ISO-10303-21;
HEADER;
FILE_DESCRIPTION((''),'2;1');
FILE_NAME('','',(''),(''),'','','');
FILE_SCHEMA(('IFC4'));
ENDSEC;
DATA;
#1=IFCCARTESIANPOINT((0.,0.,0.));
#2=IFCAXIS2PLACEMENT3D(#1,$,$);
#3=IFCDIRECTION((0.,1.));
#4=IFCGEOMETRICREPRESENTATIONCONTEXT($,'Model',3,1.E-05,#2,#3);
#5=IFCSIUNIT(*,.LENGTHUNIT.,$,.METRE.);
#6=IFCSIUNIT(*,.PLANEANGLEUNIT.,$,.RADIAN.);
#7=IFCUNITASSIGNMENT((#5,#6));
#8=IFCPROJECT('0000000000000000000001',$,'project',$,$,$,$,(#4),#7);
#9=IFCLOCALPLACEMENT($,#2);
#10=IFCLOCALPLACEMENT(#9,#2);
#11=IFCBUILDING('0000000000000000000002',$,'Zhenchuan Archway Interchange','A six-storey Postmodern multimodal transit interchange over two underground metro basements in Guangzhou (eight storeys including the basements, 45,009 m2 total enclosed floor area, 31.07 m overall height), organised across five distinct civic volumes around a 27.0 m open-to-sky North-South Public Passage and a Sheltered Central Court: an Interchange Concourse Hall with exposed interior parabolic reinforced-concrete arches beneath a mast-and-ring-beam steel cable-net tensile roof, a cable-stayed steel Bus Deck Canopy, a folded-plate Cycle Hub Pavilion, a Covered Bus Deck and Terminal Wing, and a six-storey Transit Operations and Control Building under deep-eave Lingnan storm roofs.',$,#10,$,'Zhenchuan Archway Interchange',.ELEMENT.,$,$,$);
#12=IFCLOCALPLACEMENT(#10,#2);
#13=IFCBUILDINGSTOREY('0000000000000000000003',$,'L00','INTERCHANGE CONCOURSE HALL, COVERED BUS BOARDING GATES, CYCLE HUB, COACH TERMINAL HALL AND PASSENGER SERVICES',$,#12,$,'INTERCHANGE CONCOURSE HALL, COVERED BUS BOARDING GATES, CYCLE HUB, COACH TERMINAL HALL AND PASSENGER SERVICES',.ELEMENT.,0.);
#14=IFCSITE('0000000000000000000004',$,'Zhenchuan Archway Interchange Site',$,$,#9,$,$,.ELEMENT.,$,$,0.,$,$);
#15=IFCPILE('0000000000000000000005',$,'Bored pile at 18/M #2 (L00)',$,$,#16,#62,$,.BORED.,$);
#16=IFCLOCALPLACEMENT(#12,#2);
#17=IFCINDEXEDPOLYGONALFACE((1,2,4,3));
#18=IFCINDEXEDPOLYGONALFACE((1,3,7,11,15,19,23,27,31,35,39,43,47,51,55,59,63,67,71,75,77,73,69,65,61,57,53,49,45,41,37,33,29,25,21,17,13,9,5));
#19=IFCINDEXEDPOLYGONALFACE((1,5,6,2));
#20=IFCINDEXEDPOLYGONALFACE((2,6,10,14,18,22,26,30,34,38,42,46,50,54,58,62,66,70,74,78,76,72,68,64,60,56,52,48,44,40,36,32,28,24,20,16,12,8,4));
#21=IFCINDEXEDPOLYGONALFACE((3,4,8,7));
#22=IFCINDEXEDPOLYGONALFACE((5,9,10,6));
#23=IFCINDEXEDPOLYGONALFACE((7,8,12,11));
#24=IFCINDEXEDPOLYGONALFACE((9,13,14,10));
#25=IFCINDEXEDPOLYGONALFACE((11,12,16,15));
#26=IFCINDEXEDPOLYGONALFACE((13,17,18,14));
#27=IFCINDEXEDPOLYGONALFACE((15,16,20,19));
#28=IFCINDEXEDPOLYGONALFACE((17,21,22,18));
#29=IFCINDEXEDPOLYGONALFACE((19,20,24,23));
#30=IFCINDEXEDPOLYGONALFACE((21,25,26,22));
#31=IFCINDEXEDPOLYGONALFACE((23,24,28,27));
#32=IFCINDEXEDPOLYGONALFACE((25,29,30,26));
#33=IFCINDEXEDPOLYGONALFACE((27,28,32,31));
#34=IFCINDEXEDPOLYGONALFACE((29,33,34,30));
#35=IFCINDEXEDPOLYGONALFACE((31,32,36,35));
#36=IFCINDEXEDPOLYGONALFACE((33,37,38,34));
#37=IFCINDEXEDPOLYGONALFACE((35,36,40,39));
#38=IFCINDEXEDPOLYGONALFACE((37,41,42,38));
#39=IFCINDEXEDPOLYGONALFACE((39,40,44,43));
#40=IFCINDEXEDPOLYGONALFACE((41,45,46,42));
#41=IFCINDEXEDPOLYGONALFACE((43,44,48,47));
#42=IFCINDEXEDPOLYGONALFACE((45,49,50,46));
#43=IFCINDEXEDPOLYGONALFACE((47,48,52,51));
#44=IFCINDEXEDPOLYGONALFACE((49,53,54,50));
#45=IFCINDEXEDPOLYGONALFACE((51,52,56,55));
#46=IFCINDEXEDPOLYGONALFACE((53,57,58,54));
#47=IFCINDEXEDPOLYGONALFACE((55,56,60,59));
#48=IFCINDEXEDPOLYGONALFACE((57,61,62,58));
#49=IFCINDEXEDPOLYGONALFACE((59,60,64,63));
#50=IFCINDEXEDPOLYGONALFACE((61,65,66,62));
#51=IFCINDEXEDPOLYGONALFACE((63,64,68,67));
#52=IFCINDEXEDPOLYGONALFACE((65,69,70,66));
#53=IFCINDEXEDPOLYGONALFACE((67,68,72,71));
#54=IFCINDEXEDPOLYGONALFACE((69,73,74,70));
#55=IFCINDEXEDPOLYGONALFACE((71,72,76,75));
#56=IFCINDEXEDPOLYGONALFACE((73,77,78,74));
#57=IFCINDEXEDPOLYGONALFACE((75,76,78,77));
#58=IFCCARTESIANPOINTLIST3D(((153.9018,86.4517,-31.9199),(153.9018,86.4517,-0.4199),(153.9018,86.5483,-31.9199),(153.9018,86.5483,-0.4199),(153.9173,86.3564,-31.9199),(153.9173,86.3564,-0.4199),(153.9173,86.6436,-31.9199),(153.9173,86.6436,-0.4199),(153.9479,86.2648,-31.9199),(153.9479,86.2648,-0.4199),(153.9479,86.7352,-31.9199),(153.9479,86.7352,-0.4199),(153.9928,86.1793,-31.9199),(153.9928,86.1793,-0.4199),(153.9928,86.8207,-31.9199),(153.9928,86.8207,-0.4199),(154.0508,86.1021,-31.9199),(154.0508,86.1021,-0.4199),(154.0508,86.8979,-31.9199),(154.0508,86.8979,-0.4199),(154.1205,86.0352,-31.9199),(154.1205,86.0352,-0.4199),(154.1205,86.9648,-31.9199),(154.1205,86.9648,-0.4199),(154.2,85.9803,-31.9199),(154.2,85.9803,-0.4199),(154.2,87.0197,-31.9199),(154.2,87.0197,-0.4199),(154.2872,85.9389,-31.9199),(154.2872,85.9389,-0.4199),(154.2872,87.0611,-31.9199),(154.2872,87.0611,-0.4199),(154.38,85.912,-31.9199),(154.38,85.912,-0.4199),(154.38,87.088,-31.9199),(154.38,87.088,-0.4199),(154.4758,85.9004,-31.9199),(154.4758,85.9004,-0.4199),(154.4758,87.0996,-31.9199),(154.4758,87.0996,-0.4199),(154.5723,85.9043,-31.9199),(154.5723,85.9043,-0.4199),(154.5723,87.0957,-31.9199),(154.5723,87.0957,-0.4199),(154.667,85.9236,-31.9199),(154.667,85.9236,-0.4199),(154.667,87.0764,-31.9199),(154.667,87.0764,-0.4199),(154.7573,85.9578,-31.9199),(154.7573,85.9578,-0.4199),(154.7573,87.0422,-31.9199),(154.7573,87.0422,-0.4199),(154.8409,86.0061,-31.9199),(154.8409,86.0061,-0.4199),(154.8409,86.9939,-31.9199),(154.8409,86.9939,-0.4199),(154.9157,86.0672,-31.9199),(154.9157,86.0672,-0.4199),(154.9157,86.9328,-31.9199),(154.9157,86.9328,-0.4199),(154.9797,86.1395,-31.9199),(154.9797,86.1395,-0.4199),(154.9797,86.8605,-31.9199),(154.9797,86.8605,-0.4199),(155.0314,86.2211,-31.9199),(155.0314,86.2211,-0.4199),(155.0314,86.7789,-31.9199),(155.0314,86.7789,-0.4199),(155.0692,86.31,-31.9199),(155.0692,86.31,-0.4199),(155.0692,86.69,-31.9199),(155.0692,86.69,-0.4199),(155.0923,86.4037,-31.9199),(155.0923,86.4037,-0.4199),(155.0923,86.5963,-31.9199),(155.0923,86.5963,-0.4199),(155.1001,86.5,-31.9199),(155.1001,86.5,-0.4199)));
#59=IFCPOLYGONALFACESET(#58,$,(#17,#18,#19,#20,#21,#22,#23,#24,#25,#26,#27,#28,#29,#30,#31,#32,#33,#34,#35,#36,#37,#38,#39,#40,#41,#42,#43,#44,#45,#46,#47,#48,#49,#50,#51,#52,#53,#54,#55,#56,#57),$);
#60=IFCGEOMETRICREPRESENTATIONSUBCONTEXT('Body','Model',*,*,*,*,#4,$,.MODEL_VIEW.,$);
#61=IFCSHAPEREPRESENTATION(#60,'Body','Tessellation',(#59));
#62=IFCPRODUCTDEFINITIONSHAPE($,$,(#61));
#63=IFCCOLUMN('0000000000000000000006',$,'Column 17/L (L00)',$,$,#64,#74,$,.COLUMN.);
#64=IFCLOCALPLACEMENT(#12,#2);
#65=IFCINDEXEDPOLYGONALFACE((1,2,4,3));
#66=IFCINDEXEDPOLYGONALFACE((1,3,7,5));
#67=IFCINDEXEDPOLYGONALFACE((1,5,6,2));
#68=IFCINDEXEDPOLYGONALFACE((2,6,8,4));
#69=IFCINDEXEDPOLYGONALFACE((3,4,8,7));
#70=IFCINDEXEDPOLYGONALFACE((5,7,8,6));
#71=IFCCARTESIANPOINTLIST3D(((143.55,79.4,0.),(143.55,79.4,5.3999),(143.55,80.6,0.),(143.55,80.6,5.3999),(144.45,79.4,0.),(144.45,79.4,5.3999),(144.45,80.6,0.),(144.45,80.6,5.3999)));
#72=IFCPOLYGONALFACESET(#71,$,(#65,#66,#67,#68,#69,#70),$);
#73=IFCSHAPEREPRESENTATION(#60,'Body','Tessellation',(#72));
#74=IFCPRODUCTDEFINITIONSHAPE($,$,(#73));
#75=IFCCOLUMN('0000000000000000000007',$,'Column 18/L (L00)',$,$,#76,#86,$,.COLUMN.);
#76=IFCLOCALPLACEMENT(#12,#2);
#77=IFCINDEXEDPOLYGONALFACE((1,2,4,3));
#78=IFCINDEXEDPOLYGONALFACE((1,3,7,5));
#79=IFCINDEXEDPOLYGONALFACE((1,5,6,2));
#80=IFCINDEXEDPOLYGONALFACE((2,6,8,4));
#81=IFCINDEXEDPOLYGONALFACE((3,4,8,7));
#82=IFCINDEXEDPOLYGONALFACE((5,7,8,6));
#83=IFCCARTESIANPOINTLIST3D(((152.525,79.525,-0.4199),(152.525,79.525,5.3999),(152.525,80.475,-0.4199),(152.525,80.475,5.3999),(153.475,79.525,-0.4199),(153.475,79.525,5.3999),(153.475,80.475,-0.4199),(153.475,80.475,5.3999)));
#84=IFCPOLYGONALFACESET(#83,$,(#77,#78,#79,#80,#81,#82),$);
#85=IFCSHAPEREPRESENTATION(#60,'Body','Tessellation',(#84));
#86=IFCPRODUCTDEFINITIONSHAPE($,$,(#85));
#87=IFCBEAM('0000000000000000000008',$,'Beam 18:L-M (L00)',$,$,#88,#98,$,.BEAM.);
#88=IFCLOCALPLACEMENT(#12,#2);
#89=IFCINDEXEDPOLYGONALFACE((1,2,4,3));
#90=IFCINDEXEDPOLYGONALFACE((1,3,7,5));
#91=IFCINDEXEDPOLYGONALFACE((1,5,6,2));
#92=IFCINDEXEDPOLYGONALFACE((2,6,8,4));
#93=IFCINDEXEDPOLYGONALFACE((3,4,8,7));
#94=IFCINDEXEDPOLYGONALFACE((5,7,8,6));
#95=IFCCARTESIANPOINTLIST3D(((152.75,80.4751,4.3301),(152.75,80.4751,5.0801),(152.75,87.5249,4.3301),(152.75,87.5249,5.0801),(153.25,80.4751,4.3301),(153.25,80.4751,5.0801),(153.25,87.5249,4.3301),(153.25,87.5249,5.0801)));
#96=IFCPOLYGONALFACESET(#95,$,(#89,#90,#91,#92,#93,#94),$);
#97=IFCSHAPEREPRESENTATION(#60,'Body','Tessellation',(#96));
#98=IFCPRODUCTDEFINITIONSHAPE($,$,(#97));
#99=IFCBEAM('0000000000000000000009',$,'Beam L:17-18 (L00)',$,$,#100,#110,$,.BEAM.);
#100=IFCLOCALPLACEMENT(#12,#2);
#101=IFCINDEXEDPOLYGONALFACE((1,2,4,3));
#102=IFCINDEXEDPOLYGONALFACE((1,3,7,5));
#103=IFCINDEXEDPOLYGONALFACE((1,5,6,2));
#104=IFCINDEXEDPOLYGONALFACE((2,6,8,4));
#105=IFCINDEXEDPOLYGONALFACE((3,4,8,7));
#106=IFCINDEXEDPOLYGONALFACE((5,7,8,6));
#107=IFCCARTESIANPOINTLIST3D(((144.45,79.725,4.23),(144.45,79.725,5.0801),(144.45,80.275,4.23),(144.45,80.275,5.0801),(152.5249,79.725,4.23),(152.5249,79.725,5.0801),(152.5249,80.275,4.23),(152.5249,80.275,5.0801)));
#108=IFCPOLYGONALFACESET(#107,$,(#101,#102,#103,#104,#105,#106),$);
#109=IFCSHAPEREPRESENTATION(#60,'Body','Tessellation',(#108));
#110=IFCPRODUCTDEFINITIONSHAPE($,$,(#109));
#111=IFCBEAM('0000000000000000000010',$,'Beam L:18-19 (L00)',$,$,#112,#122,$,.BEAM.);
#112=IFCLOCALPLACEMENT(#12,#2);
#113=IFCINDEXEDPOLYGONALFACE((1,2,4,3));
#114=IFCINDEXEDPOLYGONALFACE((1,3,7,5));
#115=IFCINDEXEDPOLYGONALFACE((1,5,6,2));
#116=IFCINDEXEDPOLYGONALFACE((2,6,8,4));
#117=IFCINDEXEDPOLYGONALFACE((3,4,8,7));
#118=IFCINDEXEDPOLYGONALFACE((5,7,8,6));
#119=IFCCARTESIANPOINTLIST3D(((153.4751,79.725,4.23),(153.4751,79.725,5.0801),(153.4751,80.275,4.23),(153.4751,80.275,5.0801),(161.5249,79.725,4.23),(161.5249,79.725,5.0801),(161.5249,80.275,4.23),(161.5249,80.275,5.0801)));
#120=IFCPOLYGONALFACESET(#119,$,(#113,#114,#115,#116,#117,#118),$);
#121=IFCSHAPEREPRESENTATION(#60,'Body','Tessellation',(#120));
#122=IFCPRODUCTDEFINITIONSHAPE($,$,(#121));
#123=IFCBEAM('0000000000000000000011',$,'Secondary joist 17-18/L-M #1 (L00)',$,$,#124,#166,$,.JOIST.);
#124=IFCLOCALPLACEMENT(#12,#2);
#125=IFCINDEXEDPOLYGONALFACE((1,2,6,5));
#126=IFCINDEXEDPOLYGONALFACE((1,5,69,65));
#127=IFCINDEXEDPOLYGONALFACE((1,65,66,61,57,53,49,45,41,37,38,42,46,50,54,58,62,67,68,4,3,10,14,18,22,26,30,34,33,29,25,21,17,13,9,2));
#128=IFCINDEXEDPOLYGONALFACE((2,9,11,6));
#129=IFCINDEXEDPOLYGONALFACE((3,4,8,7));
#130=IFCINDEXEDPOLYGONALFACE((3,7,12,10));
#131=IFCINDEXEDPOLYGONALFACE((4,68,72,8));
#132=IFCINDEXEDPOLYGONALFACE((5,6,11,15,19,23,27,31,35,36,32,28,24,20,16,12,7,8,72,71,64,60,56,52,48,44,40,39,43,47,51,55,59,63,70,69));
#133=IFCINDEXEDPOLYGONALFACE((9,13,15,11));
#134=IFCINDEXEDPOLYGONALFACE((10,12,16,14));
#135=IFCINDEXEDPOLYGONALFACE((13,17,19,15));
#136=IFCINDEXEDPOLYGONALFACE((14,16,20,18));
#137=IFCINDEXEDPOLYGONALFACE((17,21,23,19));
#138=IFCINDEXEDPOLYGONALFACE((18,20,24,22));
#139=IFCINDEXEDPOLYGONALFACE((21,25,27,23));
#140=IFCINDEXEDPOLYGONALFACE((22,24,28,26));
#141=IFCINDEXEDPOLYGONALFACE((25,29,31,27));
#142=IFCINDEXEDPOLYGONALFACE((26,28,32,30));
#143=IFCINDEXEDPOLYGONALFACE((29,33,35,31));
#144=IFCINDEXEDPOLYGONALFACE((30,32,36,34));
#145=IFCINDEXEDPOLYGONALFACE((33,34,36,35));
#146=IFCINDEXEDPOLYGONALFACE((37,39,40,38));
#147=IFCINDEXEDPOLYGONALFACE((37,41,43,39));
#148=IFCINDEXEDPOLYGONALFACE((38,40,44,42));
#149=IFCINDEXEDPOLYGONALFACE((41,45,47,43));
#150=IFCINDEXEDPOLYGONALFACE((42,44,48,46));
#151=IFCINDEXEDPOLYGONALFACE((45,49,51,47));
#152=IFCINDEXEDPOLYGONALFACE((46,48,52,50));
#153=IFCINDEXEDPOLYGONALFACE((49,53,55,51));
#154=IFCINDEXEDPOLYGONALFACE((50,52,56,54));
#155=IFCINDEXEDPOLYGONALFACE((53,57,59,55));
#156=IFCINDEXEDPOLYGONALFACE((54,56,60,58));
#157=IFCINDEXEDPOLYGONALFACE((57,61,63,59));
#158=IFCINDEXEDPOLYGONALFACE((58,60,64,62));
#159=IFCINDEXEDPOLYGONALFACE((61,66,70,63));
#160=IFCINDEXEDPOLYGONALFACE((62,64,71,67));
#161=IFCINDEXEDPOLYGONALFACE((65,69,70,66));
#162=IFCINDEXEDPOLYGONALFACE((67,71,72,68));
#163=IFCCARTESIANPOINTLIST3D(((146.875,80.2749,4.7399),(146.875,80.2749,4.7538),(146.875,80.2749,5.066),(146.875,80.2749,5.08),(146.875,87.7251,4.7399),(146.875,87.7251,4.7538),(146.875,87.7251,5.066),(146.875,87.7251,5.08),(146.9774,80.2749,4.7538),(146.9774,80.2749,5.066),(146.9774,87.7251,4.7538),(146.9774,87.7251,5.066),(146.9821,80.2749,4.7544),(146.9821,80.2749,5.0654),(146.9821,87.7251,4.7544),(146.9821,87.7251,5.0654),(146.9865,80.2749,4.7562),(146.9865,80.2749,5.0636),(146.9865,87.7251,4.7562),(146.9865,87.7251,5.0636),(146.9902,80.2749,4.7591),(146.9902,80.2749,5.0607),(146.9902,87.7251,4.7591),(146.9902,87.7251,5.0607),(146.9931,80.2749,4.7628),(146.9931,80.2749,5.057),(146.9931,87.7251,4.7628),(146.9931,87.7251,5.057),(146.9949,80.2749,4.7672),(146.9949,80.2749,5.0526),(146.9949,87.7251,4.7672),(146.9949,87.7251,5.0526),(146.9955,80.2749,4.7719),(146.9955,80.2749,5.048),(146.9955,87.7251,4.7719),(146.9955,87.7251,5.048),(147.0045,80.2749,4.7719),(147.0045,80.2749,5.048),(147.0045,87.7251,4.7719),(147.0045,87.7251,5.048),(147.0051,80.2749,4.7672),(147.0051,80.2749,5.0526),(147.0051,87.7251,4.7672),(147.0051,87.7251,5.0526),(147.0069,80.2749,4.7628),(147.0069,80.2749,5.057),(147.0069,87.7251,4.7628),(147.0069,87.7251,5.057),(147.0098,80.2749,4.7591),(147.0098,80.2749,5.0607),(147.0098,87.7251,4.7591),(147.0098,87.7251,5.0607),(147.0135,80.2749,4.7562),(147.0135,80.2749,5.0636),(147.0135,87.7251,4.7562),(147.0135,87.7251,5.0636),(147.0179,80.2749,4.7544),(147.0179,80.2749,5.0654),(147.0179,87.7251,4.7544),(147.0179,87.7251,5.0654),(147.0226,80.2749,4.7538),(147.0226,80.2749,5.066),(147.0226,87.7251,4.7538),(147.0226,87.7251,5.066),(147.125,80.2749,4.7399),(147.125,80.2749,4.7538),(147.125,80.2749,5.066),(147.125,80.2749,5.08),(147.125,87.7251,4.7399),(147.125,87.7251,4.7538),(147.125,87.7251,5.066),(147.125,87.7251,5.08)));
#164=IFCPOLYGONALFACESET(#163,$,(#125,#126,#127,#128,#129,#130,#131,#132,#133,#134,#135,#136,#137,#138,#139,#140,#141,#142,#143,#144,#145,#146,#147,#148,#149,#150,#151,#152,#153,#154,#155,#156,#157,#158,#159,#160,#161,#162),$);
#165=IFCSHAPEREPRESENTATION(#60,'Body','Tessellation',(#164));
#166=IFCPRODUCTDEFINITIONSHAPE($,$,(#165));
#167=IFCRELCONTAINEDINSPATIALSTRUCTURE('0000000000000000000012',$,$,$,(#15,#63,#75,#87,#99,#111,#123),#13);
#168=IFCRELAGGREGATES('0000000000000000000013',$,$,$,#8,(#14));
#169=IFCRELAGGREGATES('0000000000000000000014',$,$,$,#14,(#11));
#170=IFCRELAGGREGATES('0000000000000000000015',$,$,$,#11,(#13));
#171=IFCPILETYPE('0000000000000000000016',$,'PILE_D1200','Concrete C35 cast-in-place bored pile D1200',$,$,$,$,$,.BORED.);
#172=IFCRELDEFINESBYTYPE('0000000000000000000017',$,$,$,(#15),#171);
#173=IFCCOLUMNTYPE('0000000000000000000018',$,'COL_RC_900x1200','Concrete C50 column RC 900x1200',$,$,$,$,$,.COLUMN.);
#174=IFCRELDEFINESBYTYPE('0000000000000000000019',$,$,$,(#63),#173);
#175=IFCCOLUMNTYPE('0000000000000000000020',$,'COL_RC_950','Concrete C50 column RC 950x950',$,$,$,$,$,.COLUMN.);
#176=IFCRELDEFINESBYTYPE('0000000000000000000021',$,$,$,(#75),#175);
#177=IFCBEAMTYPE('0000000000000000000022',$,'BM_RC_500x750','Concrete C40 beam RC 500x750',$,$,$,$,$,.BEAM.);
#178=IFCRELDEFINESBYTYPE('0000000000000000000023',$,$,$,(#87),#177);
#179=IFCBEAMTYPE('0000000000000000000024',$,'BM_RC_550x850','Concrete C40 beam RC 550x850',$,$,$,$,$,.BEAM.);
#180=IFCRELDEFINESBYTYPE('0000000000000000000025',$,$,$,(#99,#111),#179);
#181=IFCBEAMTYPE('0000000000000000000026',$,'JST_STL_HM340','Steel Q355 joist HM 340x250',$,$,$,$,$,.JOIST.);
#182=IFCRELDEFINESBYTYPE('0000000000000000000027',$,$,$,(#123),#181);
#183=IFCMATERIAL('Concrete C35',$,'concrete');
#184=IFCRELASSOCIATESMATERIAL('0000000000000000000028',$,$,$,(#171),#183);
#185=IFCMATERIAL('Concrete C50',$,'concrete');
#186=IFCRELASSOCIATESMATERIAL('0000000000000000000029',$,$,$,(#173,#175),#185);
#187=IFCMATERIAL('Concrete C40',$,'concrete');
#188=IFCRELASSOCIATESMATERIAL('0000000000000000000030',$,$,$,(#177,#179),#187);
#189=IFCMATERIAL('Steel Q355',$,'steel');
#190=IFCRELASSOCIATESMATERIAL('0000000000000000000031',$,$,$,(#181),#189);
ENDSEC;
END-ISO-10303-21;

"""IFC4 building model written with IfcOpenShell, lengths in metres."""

from ifc_helpers import new_model, si_unit, direction, frame, origin, origin_2d, place, context, subcontext, project, spatial, rectangle, circle, i_section, extrude, material, material_profile, profile_set, type_object, element, save


model = new_model("IFC4")

# Units and contexts
model_context = context("Model", 3, precision=1e-05, world=origin(), true_north=direction((0.0, 1.0)))
body_context = subcontext(model_context, "Body", "Model", "MODEL_VIEW")
ifc_project = project(units=[si_unit("LENGTHUNIT", "METRE"), si_unit("PLANEANGLEUNIT", "RADIAN")], contexts=[model_context])

# Site, building, storey
site_placement = place(None, origin())
site = spatial("IfcSite", under=ifc_project, at=site_placement, Name="Zhenchuan Archway Interchange Site", CompositionType="ELEMENT", RefElevation=0.0)
building_placement = place(site_placement, origin())
building = spatial("IfcBuilding", under=site, at=building_placement, Name="Zhenchuan Archway Interchange", Description="A six-storey Postmodern multimodal transit interchange over two underground metro basements in Guangzhou (eight storeys including the basements, 45,009 m2 total enclosed floor area, 31.07 m overall height), organised across five distinct civic volumes around a 27.0 m open-to-sky North-South Public Passage and a Sheltered Central Court: an Interchange Concourse Hall with exposed interior parabolic reinforced-concrete arches beneath a mast-and-ring-beam steel cable-net tensile roof, a cable-stayed steel Bus Deck Canopy, a folded-plate Cycle Hub Pavilion, a Covered Bus Deck and Terminal Wing, and a six-storey Transit Operations and Control Building under deep-eave Lingnan storm roofs.", LongName="Zhenchuan Archway Interchange", CompositionType="ELEMENT")
storey_placement = place(building_placement, origin())
storey = spatial("IfcBuildingStorey", under=building, at=storey_placement, Name="L00", Description="INTERCHANGE CONCOURSE HALL, COVERED BUS BOARDING GATES, CYCLE HUB, COACH TERMINAL HALL AND PASSENGER SERVICES", LongName="INTERCHANGE CONCOURSE HALL, COVERED BUS BOARDING GATES, CYCLE HUB, COACH TERMINAL HALL AND PASSENGER SERVICES", CompositionType="ELEMENT", Elevation=0.0)

# Shared definitions
ifc_material_1 = material(Name="Concrete C40", Category="concrete")

# Pile
ifc_material_2 = material(Name="Concrete C35", Category="concrete")
ifc_material_profile_1 = material_profile(ifc_material_2, circle(Radius=0.6001, at=origin_2d()), Name="BORED PILE 1200")
ifc_profile_set_1 = profile_set([ifc_material_profile_1], Name="Concrete C35")
pile_type_1 = type_object("IfcPileType", Name="PILE_D1200", Description="Concrete C35 cast-in-place bored pile D1200", PredefinedType="BORED", material=ifc_profile_set_1)
for number, where, z_axis, x_axis, name in (
    (1, (154.5, 86.5, -0.4199), (0.0, 0.0, -1.0), (1.0, 0.0, 0.0), "Bored pile at 18/M #2 (L00)"),
):
    element("IfcPile", number, at=place(storey_placement, frame(where, z_axis=z_axis, x_axis=x_axis)), inside=storey, type_object=pile_type_1, Name=name, PredefinedType="BORED", context=body_context, shape_type="SweptSolid", body=[
        extrude(circle(Radius=0.6001, at=origin_2d()), origin(), (0.0, 0.0, 1.0), 31.5),
    ])

# Columns
ifc_material_3 = material(Name="Concrete C50", Category="concrete")
ifc_material_profile_2 = material_profile(ifc_material_3, rectangle(XDim=0.8999, YDim=1.2, at=origin_2d()), Name="RC 900x1200")
ifc_profile_set_2 = profile_set([ifc_material_profile_2], Name="Concrete C50")
column_type_1 = type_object("IfcColumnType", Name="COL_RC_900x1200", Description="Concrete C50 column RC 900x1200", PredefinedType="COLUMN", material=ifc_profile_set_2)
column_1_placement = place(storey_placement, frame((144.0, 80.0, 0.0), z_axis=(0.0, 0.0, 1.0), x_axis=(1.0, 0.0, 0.0)))
element("IfcColumn", 2, at=column_1_placement, inside=storey, type_object=column_type_1, Name="Column 17/L (L00)", PredefinedType="COLUMN", context=body_context, shape_type="SweptSolid", body=[
    extrude(rectangle(XDim=0.8999, YDim=1.2, at=origin_2d()), origin(), (0.0, 0.0, 1.0), 5.3999),
])
ifc_material_profile_3 = material_profile(ifc_material_3, rectangle(XDim=0.95, YDim=0.95, at=origin_2d()), Name="RC 950x950")
ifc_profile_set_3 = profile_set([ifc_material_profile_3], Name="Concrete C50")
column_type_2 = type_object("IfcColumnType", Name="COL_RC_950", Description="Concrete C50 column RC 950x950", PredefinedType="COLUMN", material=ifc_profile_set_3)
column_2_placement = place(storey_placement, frame((153.0, 80.0, -0.4199), z_axis=(0.0, 0.0, 1.0), x_axis=(1.0, 0.0, 0.0)))
element("IfcColumn", 3, at=column_2_placement, inside=storey, type_object=column_type_2, Name="Column 18/L (L00)", PredefinedType="COLUMN", context=body_context, shape_type="SweptSolid", body=[
    extrude(rectangle(XDim=0.95, YDim=0.95, at=origin_2d()), origin(), (0.0, 0.0, 1.0), 5.8198),
])

# Beams
ifc_material_profile_4 = material_profile(ifc_material_1, rectangle(XDim=0.5, YDim=0.75, at=origin_2d()), Name="RC 500x750")
ifc_profile_set_4 = profile_set([ifc_material_profile_4], Name="Concrete C40")
beam_type_1 = type_object("IfcBeamType", Name="BM_RC_500x750", Description="Concrete C40 beam RC 500x750", PredefinedType="BEAM", material=ifc_profile_set_4)
beam_1_placement = place(storey_placement, frame((153.0, 80.4751, 4.7051), z_axis=(0.0, 1.0, 0.0), x_axis=(-1.0, 0.0, 0.0)))
element("IfcBeam", 4, at=beam_1_placement, inside=storey, type_object=beam_type_1, Name="Beam 18:L-M (L00)", PredefinedType="BEAM", context=body_context, shape_type="SweptSolid", body=[
    extrude(rectangle(XDim=0.5, YDim=0.75, at=origin_2d()), origin(), (0.0, 0.0, 1.0), 7.0498),
])
ifc_material_profile_5 = material_profile(ifc_material_1, rectangle(XDim=0.55, YDim=0.8501, at=origin_2d()), Name="RC 550x850")
ifc_profile_set_5 = profile_set([ifc_material_profile_5], Name="Concrete C40")
beam_type_2 = type_object("IfcBeamType", Name="BM_RC_550x850", Description="Concrete C40 beam RC 550x850", PredefinedType="BEAM", material=ifc_profile_set_5)
beam_2_placement = place(storey_placement, frame((144.45, 80.0, 4.655), z_axis=(1.0, 0.0, 0.0), x_axis=(0.0, 1.0, 0.0)))
element("IfcBeam", 5, at=beam_2_placement, inside=storey, type_object=beam_type_2, Name="Beam L:17-18 (L00)", PredefinedType="BEAM", context=body_context, shape_type="SweptSolid", body=[
    extrude(rectangle(XDim=0.55, YDim=0.8501, at=origin_2d()), origin(), (0.0, 0.0, 1.0), 8.075),
])
beam_3_placement = place(storey_placement, frame((153.4751, 80.0, 4.655), z_axis=(1.0, 0.0, 0.0), x_axis=(0.0, 1.0, 0.0)))
element("IfcBeam", 6, at=beam_3_placement, inside=storey, type_object=beam_type_2, Name="Beam L:18-19 (L00)", PredefinedType="BEAM", context=body_context, shape_type="SweptSolid", body=[
    extrude(rectangle(XDim=0.55, YDim=0.8501, at=origin_2d()), origin(), (0.0, 0.0, 1.0), 8.0498),
])
ifc_material_4 = material(Name="Steel Q355", Category="steel")
ifc_material_profile_6 = material_profile(ifc_material_4, i_section(OverallWidth=0.25, OverallDepth=0.3401, WebThickness=0.009, FlangeThickness=0.0139, FilletRadius=0.0181, at=origin_2d()), Name="HM 340x250")
ifc_profile_set_6 = profile_set([ifc_material_profile_6], Name="Steel Q355")
beam_type_3 = type_object("IfcBeamType", Name="JST_STL_HM340", Description="Steel Q355 joist HM 340x250", PredefinedType="JOIST", material=ifc_profile_set_6)
for number, where, z_axis, x_axis, name in (
    (7, (147.0, 80.2749, 4.9099), (0.0, 1.0, 0.0), (-1.0, 0.0, 0.0), "Secondary joist 17-18/L-M #1 (L00)"),
):
    element("IfcBeam", number, at=place(storey_placement, frame(where, z_axis=z_axis, x_axis=x_axis)), inside=storey, type_object=beam_type_3, Name=name, PredefinedType="JOIST", context=body_context, shape_type="SweptSolid", body=[
        extrude(i_section(OverallWidth=0.25, OverallDepth=0.3401, WebThickness=0.009, FlangeThickness=0.0139, FilletRadius=0.0181, at=origin_2d()), origin(), (0.0, 0.0, 1.0), 7.4502),
    ])

save(model, "model.ifc")
